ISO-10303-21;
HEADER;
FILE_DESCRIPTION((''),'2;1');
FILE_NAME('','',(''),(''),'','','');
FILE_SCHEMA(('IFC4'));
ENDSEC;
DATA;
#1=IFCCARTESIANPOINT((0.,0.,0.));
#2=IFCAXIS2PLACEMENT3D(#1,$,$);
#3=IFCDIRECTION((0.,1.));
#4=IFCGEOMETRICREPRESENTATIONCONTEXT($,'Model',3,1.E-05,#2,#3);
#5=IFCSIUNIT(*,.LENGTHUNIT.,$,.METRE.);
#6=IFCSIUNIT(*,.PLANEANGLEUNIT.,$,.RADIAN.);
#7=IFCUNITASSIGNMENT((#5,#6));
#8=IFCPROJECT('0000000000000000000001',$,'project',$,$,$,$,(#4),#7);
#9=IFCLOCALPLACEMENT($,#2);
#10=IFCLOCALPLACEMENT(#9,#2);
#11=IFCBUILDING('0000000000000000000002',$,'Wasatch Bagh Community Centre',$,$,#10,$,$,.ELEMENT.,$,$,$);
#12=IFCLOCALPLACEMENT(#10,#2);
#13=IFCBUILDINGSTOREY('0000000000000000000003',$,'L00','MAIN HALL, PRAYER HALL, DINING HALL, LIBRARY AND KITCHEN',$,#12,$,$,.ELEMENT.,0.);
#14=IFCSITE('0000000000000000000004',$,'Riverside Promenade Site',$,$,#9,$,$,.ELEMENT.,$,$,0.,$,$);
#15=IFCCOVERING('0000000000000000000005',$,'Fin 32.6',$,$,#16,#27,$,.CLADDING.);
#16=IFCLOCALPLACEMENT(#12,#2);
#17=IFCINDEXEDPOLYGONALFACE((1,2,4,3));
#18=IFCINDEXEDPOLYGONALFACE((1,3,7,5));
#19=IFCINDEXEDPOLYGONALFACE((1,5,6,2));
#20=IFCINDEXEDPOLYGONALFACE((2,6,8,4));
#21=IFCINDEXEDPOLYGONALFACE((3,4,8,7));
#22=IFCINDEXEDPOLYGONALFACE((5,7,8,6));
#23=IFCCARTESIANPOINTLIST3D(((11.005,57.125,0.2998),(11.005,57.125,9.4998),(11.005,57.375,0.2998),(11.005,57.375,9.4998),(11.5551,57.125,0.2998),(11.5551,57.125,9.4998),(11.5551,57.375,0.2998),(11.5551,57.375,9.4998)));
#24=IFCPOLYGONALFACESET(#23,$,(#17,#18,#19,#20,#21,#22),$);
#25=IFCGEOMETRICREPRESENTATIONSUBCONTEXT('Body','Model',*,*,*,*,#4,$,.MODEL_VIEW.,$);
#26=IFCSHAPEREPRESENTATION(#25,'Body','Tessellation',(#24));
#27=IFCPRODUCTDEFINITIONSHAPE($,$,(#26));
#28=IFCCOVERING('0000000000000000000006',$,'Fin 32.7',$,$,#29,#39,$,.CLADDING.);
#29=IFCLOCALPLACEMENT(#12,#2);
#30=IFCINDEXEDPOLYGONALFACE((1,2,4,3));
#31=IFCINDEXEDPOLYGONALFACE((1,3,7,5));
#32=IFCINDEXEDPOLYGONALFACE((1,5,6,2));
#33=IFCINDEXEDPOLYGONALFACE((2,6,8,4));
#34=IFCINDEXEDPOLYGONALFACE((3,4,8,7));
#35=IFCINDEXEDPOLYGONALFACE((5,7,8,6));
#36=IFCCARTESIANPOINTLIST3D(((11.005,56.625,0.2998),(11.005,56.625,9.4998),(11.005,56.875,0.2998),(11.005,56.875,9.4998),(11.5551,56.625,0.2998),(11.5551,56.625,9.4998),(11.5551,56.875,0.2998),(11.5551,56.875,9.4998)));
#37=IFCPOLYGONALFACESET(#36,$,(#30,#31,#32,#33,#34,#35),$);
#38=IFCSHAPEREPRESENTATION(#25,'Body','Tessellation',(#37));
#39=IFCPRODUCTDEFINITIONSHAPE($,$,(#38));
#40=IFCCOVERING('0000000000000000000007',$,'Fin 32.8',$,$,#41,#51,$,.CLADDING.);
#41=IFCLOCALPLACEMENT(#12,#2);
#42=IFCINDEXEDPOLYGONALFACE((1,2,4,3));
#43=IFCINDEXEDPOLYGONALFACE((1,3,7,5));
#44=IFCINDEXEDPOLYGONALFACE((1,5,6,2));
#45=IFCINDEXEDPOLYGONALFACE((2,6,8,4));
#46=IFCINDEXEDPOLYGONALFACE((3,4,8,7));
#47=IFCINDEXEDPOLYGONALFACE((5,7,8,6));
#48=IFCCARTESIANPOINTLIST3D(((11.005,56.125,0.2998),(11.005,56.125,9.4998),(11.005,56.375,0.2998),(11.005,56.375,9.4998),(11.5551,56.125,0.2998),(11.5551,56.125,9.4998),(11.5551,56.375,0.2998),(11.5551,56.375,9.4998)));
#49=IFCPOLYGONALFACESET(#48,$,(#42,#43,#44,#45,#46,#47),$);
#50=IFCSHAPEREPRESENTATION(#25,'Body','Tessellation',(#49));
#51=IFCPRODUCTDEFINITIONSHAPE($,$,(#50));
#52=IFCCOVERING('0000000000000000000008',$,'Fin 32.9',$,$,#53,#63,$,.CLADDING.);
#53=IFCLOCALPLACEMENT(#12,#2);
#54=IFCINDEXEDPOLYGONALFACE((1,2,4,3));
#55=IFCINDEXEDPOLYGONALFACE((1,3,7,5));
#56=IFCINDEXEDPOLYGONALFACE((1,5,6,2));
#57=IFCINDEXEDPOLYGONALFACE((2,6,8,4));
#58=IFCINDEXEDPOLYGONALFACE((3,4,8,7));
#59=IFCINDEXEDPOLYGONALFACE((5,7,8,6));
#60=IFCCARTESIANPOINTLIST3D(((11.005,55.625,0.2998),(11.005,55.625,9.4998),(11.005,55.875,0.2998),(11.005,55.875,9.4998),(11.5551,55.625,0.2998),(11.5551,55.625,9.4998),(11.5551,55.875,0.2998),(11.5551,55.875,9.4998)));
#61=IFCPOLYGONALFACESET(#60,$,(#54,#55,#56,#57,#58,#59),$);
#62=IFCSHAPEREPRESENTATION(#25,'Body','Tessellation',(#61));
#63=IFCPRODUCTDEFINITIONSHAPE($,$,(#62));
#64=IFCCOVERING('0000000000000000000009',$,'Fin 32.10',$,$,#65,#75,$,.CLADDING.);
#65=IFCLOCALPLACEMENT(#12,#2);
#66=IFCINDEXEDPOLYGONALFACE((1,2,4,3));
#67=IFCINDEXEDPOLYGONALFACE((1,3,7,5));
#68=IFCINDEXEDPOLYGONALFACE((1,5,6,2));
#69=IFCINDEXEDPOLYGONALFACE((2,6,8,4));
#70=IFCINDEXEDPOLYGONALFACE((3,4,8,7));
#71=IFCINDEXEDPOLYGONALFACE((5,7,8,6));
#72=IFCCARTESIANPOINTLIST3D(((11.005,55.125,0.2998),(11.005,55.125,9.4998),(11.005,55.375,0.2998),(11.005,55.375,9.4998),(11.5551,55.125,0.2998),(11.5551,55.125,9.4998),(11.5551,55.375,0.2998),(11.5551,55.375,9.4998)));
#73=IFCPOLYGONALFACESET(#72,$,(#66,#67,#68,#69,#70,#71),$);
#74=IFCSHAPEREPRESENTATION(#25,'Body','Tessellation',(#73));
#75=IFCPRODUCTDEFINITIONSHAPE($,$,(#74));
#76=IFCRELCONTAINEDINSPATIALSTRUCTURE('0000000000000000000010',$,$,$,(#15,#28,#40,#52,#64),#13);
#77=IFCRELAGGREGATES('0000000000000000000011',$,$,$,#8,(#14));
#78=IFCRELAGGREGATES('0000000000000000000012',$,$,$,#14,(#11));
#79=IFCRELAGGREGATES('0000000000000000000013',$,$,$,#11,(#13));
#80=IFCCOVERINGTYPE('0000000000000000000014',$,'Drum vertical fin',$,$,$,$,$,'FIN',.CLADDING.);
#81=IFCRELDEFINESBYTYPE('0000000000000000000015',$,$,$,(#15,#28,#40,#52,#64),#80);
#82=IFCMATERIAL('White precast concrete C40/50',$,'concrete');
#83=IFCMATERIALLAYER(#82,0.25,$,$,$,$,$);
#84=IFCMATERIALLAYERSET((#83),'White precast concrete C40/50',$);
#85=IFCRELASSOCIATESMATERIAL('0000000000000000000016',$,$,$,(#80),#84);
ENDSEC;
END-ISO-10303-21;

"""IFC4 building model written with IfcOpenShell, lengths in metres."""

from ifc_helpers import new_model, si_unit, direction, frame, origin, origin_2d, place, context, subcontext, project, spatial, rectangle, extrude, material, layer, layer_set, type_object, element, save


model = new_model("IFC4")

# Units and contexts
model_context = context("Model", 3, precision=1e-05, world=origin(), true_north=direction((0.0, 1.0)))
body_context = subcontext(model_context, "Body", "Model", "MODEL_VIEW")
ifc_project = project(units=[si_unit("LENGTHUNIT", "METRE"), si_unit("PLANEANGLEUNIT", "RADIAN")], contexts=[model_context])

# Site, building, storey
site_placement = place(None, origin())
site = spatial("IfcSite", under=ifc_project, at=site_placement, Name="Riverside Promenade Site", CompositionType="ELEMENT", RefElevation=0.0)
building_placement = place(site_placement, origin())
building = spatial("IfcBuilding", under=site, at=building_placement, Name="Wasatch Bagh Community Centre", CompositionType="ELEMENT")
storey_placement = place(building_placement, origin())
storey = spatial("IfcBuildingStorey", under=building, at=storey_placement, Name="L00", Description="MAIN HALL, PRAYER HALL, DINING HALL, LIBRARY AND KITCHEN", CompositionType="ELEMENT", Elevation=0.0)

# Coverings
ifc_material_1 = material(Name="White precast concrete C40/50", Category="concrete")
ifc_layer = layer(ifc_material_1, 0.25)
ifc_layer_set = layer_set([ifc_layer], Name="White precast concrete C40/50")
covering_type = type_object("IfcCoveringType", Name="Drum vertical fin", ElementType="FIN", PredefinedType="CLADDING", material=ifc_layer_set)
for number, where, z_axis, x_axis, name in (
    (1, (11.28, 57.25, 0.2998), (0.0, 0.0, 1.0), (0.0, -1.0, 0.0), "Fin 32.6"),
    (2, (11.28, 56.75, 0.2998), (0.0, 0.0, 1.0), (0.0, -1.0, 0.0), "Fin 32.7"),
    (3, (11.28, 56.25, 0.2998), (0.0, 0.0, 1.0), (0.0, -1.0, 0.0), "Fin 32.8"),
    (4, (11.28, 55.75, 0.2998), (0.0, 0.0, 1.0), (0.0, -1.0, 0.0), "Fin 32.9"),
    (5, (11.28, 55.25, 0.2998), (0.0, 0.0, 1.0), (0.0, -1.0, 0.0), "Fin 32.10"),
):
    element("IfcCovering", number, at=place(storey_placement, frame(where, z_axis=z_axis, x_axis=x_axis)), inside=storey, type_object=covering_type, Name=name, PredefinedType="CLADDING", context=body_context, shape_type="SweptSolid", body=[
        extrude(rectangle(XDim=0.25, YDim=0.55, at=origin_2d()), origin(), (0.0, 0.0, 1.0), 9.2),
    ])

save(model, "model.ifc")
